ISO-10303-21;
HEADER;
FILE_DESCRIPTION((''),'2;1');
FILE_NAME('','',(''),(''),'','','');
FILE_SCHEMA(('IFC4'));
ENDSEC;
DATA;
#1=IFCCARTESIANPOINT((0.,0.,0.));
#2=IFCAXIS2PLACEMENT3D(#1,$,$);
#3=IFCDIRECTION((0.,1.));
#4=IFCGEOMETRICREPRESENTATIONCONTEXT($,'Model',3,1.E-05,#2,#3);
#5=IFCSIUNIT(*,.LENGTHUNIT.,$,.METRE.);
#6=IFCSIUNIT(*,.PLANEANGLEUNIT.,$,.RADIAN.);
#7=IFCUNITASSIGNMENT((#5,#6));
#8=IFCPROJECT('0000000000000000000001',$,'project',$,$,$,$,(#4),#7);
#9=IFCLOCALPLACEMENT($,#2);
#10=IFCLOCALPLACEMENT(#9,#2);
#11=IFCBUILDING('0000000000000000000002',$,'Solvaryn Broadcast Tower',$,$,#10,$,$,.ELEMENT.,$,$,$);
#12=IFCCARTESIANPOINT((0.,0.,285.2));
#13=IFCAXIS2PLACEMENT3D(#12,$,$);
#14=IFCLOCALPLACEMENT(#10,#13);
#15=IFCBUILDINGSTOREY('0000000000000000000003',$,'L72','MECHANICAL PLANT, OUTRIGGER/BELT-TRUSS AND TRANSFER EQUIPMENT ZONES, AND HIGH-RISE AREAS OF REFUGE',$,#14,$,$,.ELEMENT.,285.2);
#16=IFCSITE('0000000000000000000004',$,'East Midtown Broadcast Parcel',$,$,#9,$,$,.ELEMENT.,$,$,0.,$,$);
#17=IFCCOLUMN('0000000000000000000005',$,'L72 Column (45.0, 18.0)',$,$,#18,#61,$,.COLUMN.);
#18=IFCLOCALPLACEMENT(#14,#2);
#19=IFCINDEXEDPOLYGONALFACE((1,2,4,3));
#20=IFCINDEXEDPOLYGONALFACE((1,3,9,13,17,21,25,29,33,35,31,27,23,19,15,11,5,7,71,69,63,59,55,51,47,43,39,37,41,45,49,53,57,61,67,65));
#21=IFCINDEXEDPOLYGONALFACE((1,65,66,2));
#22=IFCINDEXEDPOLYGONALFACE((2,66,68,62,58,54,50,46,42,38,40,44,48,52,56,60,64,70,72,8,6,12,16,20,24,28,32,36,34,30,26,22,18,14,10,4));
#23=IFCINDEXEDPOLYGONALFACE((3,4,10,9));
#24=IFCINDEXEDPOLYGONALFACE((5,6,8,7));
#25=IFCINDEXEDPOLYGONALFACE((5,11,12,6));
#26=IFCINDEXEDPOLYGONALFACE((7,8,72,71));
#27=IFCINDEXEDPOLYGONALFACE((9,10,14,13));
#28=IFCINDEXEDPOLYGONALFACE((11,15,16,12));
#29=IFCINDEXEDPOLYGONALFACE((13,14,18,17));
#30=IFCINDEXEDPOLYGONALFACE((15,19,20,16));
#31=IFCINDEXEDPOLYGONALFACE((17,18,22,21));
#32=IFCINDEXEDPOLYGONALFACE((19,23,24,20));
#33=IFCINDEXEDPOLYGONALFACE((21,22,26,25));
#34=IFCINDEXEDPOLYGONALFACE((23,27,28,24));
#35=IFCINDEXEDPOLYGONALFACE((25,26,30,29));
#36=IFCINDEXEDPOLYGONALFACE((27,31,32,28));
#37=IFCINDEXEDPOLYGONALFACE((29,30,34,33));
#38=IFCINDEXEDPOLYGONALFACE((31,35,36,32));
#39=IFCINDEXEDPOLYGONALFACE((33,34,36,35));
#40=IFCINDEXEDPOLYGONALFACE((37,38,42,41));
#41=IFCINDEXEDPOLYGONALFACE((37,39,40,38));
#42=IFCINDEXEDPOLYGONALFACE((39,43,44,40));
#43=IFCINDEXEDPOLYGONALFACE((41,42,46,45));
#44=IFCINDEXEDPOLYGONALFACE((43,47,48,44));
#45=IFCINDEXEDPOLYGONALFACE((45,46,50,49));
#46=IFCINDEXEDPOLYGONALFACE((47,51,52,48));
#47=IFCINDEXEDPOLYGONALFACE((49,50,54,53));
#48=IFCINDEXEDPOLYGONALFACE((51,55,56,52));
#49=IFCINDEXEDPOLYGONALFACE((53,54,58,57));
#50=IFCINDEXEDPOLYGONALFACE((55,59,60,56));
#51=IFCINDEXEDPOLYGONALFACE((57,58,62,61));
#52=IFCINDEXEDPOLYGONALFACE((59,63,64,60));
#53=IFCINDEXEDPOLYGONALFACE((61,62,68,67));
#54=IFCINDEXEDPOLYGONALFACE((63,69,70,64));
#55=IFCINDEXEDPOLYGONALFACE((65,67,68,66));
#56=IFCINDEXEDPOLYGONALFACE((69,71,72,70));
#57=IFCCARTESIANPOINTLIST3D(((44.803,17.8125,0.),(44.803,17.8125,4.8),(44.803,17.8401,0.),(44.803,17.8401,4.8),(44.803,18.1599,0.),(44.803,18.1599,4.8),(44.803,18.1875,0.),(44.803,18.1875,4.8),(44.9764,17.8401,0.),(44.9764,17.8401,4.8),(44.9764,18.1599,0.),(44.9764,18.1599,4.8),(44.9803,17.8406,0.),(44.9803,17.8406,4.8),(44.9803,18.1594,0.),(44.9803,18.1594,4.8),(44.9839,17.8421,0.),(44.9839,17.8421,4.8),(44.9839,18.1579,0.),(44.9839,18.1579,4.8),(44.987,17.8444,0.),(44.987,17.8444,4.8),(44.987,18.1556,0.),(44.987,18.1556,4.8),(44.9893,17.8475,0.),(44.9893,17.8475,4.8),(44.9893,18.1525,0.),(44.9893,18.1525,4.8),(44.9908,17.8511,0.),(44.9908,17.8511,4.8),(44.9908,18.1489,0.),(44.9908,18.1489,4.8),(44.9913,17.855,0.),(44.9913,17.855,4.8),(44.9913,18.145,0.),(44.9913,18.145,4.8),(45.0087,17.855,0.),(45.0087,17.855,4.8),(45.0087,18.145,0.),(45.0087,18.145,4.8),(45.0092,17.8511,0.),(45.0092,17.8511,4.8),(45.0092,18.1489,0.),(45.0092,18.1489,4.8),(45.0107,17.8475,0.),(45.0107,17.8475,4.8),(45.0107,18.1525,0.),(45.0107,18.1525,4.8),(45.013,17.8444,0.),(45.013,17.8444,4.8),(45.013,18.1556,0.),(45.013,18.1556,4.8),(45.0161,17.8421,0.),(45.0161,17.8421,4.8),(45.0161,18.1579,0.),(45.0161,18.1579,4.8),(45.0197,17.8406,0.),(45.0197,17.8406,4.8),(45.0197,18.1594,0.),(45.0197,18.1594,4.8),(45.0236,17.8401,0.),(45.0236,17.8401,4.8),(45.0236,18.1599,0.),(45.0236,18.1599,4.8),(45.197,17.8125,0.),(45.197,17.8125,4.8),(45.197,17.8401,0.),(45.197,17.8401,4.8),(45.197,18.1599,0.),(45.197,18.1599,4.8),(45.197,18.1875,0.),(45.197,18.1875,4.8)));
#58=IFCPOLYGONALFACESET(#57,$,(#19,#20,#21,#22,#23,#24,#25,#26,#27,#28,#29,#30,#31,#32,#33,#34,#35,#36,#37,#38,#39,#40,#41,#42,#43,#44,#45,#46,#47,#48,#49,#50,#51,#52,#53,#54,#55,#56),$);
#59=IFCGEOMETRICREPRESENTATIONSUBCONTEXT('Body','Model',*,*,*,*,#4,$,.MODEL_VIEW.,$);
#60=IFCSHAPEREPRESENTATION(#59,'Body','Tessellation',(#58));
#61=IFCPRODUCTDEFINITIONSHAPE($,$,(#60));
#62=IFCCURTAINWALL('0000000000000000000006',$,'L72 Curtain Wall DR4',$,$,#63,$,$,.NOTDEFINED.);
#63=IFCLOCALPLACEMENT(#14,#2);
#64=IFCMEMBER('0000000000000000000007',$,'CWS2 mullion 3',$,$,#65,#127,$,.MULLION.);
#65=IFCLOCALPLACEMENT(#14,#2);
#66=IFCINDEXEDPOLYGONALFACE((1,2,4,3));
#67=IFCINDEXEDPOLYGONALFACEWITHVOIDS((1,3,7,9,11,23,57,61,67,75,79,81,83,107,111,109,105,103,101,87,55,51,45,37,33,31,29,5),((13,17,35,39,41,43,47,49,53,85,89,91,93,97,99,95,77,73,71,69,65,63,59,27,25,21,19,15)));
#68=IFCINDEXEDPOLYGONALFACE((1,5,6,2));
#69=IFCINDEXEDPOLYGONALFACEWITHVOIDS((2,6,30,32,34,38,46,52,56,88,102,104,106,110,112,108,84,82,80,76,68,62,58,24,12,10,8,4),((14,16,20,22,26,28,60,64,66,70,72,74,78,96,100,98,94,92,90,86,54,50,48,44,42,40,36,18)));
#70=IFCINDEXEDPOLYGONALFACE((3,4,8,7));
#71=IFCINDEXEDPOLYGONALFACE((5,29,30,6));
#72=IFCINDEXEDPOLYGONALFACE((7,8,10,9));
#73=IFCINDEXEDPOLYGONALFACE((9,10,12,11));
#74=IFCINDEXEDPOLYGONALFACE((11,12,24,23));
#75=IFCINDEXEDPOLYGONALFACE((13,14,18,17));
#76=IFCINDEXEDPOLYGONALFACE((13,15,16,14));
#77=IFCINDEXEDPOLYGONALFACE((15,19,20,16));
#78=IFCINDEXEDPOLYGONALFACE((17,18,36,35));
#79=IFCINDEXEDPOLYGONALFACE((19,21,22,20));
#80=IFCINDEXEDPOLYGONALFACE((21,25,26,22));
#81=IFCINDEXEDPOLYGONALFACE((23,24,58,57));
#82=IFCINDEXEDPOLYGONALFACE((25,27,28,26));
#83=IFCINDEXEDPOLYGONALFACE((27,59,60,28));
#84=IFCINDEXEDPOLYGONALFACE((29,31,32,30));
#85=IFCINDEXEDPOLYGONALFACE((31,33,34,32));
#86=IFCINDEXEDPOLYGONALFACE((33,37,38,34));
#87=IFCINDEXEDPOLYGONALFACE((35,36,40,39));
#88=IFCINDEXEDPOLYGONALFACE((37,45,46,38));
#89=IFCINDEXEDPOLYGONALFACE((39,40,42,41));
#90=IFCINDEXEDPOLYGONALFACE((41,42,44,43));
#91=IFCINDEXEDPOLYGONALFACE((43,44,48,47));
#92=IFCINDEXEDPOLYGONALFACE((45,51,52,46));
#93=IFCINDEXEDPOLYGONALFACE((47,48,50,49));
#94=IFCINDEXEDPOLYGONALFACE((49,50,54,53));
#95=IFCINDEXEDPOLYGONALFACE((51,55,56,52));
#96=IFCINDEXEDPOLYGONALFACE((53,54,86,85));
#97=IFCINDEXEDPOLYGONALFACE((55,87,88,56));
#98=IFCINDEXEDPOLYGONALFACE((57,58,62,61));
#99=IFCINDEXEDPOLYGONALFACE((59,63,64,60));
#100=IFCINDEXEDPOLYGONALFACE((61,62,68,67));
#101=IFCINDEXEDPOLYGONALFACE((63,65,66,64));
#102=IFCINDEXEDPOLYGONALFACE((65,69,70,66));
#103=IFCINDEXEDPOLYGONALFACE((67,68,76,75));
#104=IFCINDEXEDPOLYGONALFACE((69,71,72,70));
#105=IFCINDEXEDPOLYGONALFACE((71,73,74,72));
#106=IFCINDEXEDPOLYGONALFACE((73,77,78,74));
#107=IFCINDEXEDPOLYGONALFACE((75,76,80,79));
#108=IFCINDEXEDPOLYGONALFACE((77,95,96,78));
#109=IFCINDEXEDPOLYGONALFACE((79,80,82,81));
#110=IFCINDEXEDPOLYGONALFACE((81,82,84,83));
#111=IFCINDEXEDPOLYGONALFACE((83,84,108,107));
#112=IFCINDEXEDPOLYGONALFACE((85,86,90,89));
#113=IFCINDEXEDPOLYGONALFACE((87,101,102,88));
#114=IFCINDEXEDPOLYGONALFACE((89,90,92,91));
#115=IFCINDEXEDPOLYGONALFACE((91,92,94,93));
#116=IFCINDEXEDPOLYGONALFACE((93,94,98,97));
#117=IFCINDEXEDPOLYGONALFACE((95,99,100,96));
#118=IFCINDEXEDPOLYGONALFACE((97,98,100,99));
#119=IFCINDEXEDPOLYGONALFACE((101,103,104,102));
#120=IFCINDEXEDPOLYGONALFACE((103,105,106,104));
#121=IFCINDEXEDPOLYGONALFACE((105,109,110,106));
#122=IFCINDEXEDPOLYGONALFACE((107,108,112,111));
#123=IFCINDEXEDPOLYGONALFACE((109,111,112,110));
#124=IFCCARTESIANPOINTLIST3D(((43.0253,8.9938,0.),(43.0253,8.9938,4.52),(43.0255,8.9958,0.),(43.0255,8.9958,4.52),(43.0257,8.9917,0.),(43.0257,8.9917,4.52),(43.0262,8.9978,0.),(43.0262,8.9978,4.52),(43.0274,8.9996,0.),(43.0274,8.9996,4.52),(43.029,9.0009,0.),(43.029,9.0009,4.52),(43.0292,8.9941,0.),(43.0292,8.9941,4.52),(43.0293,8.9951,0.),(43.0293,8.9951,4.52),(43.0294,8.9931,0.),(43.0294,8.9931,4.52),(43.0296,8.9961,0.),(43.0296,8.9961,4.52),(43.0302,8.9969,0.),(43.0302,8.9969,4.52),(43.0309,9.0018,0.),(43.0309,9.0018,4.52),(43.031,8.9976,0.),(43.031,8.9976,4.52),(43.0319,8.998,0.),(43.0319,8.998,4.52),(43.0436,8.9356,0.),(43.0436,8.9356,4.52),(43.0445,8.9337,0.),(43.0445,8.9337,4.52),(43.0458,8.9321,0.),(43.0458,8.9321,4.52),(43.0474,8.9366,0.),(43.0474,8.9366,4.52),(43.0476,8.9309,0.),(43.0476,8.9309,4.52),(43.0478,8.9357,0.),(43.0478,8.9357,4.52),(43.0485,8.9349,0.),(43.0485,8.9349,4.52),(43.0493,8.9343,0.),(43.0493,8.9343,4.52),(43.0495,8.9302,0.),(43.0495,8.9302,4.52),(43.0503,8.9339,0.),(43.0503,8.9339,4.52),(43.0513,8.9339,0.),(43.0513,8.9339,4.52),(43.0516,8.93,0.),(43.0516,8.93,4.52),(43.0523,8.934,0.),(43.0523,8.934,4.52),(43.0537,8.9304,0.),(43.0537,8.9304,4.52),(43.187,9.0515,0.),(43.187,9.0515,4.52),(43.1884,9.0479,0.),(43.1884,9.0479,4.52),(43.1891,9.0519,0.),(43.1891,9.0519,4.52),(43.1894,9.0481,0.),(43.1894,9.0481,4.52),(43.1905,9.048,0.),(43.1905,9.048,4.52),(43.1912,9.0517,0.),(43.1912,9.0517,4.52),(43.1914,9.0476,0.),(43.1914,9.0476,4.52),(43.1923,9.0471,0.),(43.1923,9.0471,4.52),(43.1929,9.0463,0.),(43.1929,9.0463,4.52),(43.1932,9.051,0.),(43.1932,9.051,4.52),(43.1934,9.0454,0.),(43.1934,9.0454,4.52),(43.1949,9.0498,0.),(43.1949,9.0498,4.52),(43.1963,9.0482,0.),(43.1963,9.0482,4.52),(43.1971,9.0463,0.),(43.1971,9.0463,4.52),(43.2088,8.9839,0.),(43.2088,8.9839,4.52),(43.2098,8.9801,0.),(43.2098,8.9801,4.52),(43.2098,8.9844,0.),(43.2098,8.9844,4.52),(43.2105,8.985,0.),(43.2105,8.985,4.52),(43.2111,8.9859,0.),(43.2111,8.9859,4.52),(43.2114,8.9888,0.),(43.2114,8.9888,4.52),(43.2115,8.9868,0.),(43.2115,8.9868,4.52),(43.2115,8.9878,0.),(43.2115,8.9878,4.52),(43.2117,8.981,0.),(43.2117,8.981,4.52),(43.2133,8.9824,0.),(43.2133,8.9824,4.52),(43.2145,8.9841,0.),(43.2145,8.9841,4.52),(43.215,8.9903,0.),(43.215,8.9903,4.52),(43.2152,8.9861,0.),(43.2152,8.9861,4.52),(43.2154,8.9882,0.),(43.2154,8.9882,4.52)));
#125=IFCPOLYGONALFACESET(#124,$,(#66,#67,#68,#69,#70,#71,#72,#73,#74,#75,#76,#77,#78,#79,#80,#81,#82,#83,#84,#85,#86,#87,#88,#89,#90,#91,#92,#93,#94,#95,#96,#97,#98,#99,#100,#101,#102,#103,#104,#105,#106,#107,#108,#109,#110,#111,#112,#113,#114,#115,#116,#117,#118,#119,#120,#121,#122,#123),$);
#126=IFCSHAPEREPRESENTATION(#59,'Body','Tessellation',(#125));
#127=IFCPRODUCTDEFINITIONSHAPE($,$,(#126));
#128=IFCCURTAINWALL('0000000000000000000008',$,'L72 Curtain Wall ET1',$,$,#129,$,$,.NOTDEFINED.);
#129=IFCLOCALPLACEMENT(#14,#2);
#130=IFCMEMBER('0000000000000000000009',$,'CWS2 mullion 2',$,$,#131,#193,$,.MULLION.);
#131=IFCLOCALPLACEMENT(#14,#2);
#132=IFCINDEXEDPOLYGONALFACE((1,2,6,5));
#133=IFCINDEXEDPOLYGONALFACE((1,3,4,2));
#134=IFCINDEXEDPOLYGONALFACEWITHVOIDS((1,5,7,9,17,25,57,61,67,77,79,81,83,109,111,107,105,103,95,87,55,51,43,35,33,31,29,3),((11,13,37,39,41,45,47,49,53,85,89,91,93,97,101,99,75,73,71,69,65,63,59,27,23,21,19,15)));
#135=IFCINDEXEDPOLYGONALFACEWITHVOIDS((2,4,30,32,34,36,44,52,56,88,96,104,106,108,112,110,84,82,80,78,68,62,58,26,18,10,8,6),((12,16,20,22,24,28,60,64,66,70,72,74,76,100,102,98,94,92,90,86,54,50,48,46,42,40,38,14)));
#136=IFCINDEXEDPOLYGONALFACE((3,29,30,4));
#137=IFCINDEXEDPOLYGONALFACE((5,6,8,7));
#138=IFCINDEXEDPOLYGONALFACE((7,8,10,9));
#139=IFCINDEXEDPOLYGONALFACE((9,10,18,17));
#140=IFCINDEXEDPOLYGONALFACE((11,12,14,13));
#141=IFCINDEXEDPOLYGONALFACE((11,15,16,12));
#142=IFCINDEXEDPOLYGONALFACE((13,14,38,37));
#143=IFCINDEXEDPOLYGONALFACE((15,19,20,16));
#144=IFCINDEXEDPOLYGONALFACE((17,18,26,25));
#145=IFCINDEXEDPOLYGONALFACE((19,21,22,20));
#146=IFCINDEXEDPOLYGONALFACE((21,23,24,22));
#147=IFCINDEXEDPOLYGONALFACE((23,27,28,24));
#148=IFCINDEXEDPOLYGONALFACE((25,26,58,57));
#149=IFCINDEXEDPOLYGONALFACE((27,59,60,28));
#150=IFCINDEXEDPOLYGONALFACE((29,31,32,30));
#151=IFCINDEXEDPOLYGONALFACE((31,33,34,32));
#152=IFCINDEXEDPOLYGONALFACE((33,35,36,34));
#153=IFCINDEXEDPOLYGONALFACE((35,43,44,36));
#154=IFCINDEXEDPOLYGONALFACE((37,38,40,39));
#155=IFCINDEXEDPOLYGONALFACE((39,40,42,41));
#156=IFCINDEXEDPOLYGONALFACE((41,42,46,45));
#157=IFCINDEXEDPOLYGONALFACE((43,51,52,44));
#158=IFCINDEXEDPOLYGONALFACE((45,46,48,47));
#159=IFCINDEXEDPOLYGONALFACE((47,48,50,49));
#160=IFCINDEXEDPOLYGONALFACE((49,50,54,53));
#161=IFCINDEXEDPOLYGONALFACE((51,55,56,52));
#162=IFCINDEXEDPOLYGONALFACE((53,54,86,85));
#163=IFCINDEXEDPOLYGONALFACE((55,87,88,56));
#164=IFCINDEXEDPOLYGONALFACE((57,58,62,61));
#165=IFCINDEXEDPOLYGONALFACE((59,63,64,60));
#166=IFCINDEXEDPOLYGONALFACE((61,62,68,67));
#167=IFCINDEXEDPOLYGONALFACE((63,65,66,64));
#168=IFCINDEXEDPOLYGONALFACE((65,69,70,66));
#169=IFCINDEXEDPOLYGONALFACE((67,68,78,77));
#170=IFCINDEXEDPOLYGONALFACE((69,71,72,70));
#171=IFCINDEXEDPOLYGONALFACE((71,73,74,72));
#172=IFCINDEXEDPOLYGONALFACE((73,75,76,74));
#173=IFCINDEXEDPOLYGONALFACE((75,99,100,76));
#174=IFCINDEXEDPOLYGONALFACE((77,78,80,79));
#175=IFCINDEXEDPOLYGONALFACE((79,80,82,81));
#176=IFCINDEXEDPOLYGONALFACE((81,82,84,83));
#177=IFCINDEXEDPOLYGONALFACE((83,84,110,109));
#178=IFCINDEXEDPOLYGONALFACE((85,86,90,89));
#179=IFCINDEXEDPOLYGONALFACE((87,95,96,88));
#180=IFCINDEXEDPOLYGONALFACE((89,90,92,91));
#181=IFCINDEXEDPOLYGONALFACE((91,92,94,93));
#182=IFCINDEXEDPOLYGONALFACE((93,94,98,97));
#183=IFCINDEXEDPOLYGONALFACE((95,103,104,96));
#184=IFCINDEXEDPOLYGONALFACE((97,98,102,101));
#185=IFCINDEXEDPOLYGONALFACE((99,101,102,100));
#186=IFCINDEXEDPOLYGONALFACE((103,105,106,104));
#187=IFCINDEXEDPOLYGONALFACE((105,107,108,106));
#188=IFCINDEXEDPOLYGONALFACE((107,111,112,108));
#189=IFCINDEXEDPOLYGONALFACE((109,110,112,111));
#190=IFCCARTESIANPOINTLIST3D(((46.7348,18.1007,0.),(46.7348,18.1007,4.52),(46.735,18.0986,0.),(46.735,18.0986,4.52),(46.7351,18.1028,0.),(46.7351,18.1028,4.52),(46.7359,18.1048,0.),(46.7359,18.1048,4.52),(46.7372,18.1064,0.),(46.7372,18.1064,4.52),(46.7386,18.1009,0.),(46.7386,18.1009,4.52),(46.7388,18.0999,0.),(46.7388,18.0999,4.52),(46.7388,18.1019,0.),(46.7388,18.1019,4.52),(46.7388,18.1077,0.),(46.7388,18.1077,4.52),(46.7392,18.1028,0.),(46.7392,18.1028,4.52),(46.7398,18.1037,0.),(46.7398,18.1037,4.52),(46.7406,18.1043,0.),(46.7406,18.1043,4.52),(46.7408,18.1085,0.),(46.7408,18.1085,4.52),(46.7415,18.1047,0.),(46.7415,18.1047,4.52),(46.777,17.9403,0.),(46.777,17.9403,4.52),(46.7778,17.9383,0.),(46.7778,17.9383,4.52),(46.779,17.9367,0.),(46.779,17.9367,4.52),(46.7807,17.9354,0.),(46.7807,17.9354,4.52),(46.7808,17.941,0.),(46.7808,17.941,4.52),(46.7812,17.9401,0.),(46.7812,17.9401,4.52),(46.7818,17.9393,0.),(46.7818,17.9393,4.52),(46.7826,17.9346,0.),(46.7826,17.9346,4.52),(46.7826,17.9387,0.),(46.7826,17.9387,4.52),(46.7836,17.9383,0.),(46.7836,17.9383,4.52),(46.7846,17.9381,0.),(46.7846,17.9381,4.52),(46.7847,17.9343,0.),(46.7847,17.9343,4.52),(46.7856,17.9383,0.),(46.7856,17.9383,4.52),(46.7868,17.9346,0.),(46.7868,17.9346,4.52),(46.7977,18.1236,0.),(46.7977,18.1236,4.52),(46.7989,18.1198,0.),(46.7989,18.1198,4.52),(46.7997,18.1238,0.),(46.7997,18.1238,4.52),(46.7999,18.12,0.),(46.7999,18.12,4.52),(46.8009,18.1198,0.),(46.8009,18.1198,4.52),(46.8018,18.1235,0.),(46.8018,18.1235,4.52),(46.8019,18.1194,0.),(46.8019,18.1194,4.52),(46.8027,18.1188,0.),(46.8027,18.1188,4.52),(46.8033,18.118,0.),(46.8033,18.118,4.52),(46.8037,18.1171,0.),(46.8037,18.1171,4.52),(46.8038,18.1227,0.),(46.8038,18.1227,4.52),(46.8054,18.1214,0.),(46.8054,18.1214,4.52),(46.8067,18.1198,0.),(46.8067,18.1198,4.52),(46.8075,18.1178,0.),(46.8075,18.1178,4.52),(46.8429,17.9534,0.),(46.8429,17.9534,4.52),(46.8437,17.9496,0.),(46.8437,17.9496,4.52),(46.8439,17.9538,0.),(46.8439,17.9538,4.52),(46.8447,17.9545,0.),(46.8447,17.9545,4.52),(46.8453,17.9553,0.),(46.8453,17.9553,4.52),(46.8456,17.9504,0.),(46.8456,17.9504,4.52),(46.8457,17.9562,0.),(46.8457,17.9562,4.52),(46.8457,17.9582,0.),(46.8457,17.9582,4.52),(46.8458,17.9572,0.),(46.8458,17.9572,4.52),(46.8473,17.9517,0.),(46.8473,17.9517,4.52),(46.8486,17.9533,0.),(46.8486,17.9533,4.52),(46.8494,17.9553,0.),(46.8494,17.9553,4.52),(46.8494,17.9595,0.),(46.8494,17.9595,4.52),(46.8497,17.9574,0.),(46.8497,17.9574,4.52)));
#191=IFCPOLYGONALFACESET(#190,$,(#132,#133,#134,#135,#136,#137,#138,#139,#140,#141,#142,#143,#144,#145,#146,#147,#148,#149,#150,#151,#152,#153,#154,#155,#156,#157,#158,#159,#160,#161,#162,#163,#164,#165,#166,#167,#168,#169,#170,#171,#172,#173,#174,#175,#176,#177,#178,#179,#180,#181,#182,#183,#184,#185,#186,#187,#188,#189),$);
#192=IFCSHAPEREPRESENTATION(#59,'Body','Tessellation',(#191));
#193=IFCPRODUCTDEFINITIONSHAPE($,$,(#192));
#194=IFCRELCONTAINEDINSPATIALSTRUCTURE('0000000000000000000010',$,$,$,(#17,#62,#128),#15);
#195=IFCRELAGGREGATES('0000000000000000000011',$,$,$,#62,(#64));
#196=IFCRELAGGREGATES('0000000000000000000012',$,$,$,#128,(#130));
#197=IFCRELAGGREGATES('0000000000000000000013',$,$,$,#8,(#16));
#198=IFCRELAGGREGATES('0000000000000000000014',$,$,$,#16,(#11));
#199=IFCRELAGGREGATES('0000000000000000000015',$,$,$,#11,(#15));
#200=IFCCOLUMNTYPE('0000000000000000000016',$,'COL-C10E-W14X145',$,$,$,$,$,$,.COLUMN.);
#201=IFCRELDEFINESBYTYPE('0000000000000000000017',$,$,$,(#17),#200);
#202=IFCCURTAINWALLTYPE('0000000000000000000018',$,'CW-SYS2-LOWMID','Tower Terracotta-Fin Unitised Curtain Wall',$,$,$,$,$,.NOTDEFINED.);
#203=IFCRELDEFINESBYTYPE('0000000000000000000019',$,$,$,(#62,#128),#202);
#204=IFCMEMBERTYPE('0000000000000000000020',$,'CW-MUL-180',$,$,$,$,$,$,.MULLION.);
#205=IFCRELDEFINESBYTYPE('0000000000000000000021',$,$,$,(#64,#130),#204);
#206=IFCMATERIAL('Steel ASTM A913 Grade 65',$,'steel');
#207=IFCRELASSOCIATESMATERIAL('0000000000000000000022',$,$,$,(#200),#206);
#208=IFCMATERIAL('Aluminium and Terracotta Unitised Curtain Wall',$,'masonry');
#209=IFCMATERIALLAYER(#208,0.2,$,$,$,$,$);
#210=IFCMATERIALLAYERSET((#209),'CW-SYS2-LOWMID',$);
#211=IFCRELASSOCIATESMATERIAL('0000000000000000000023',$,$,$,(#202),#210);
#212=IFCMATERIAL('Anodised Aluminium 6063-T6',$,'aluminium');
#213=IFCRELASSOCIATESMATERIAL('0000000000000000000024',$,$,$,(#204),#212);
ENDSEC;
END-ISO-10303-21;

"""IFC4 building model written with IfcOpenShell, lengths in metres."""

from ifc_helpers import new_model, si_unit, direction, frame, origin, origin_2d, place, context, subcontext, project, spatial, hollow_rectangle, i_section, extrude, material, layer, layer_set, material_profile, profile_set, type_object, element, aggregate, save


model = new_model("IFC4")

# Units and contexts
model_context = context("Model", 3, precision=1e-05, world=origin(), true_north=direction((0.0, 1.0)))
body_context = subcontext(model_context, "Body", "Model", "MODEL_VIEW")
ifc_project = project(units=[si_unit("LENGTHUNIT", "METRE"), si_unit("PLANEANGLEUNIT", "RADIAN")], contexts=[model_context])

# Site, building, storey
site_placement = place(None, origin())
site = spatial("IfcSite", under=ifc_project, at=site_placement, Name="East Midtown Broadcast Parcel", CompositionType="ELEMENT", RefElevation=0.0)
building_placement = place(site_placement, origin())
building = spatial("IfcBuilding", under=site, at=building_placement, Name="Solvaryn Broadcast Tower", CompositionType="ELEMENT")
storey_placement = place(building_placement, frame((0.0, 0.0, 285.2)))
storey = spatial("IfcBuildingStorey", under=building, at=storey_placement, Name="L72", Description="MECHANICAL PLANT, OUTRIGGER/BELT-TRUSS AND TRANSFER EQUIPMENT ZONES, AND HIGH-RISE AREAS OF REFUGE", CompositionType="ELEMENT", Elevation=285.2)

# Column
ifc_material_1 = material(Name="Steel ASTM A913 Grade 65", Category="steel")
ifc_material_profile_1 = material_profile(ifc_material_1, i_section(OverallWidth=0.394, OverallDepth=0.375, WebThickness=0.0173, FlangeThickness=0.0276, FilletRadius=0.0149, at=origin_2d()))
ifc_profile_set_1 = profile_set([ifc_material_profile_1], Name="Steel ASTM A913 Grade 65")
column_type = type_object("IfcColumnType", Name="COL-C10E-W14X145", PredefinedType="COLUMN", material=ifc_profile_set_1)
column_placement = place(storey_placement, frame((45.0, 18.0, 0.0), z_axis=(0.0, 0.0, 1.0), x_axis=(1.0, 0.0, 0.0)))
element("IfcColumn", 1, at=column_placement, inside=storey, type_object=column_type, Name="L72 Column (45.0, 18.0)", PredefinedType="COLUMN", context=body_context, shape_type="SweptSolid", body=[
    extrude(i_section(OverallWidth=0.394, OverallDepth=0.375, WebThickness=0.0173, FlangeThickness=0.0276, FilletRadius=0.0149, at=origin_2d()), origin(), (0.0, 0.0, 1.0), 4.8),
])

# Curtain walls, members
ifc_material_2 = material(Name="Aluminium and Terracotta Unitised Curtain Wall", Category="masonry")
ifc_layer_1 = layer(ifc_material_2, 0.2)
ifc_layer_set_1 = layer_set([ifc_layer_1], Name="CW-SYS2-LOWMID")
curtain_wall_type = type_object("IfcCurtainWallType", Name="CW-SYS2-LOWMID", Description="Tower Terracotta-Fin Unitised Curtain Wall", PredefinedType="NOTDEFINED", material=ifc_layer_set_1)
curtain_wall_1_placement = place(storey_placement, origin())
curtain_wall_1 = element("IfcCurtainWall", 2, at=curtain_wall_1_placement, inside=storey, type_object=curtain_wall_type, Name="L72 Curtain Wall DR4", PredefinedType="NOTDEFINED")
ifc_material_3 = material(Name="Anodised Aluminium 6063-T6", Category="aluminium")
ifc_material_profile_2 = material_profile(ifc_material_3, hollow_rectangle(XDim=0.075, YDim=0.1799, WallThickness=0.0039, InnerFilletRadius=0.0039, OuterFilletRadius=0.0081, at=origin_2d()))
ifc_profile_set_2 = profile_set([ifc_material_profile_2], Name="Anodised Aluminium 6063-T6")
member_type_1 = type_object("IfcMemberType", Name="CW-MUL-180", PredefinedType="MULLION", material=ifc_profile_set_2)
member_1_placement = place(storey_placement, frame((43.1204, 8.991, 0.0), z_axis=(0.0, 0.0, 1.0), x_axis=(-0.303616, 0.952795, 0.0)))
member_1 = element("IfcMember", 3, at=member_1_placement, type_object=member_type_1, Name="CWS2 mullion 3", PredefinedType="MULLION", context=body_context, shape_type="SweptSolid", body=[
    extrude(hollow_rectangle(XDim=0.075, YDim=0.1799, WallThickness=0.0039, InnerFilletRadius=0.0039, OuterFilletRadius=0.0081, at=origin_2d()), origin(), (0.0, 0.0, 1.0), 4.52),
])
aggregate(curtain_wall_1, [member_1])
curtain_wall_2_placement = place(storey_placement, origin())
curtain_wall_2 = element("IfcCurtainWall", 4, at=curtain_wall_2_placement, inside=storey, type_object=curtain_wall_type, Name="L72 Curtain Wall ET1", PredefinedType="NOTDEFINED")
member_2_placement = place(storey_placement, frame((46.7922, 18.0291, 0.0), z_axis=(0.0, 0.0, 1.0), x_axis=(0.966705, 0.255893, 0.0)))
member_2 = element("IfcMember", 5, at=member_2_placement, type_object=member_type_1, Name="CWS2 mullion 2", PredefinedType="MULLION", context=body_context, shape_type="SweptSolid", body=[
    extrude(hollow_rectangle(XDim=0.075, YDim=0.1799, WallThickness=0.0039, InnerFilletRadius=0.0039, OuterFilletRadius=0.0081, at=origin_2d()), origin(), (0.0, 0.0, 1.0), 4.52),
])
aggregate(curtain_wall_2, [member_2])

save(model, "model.ifc")
